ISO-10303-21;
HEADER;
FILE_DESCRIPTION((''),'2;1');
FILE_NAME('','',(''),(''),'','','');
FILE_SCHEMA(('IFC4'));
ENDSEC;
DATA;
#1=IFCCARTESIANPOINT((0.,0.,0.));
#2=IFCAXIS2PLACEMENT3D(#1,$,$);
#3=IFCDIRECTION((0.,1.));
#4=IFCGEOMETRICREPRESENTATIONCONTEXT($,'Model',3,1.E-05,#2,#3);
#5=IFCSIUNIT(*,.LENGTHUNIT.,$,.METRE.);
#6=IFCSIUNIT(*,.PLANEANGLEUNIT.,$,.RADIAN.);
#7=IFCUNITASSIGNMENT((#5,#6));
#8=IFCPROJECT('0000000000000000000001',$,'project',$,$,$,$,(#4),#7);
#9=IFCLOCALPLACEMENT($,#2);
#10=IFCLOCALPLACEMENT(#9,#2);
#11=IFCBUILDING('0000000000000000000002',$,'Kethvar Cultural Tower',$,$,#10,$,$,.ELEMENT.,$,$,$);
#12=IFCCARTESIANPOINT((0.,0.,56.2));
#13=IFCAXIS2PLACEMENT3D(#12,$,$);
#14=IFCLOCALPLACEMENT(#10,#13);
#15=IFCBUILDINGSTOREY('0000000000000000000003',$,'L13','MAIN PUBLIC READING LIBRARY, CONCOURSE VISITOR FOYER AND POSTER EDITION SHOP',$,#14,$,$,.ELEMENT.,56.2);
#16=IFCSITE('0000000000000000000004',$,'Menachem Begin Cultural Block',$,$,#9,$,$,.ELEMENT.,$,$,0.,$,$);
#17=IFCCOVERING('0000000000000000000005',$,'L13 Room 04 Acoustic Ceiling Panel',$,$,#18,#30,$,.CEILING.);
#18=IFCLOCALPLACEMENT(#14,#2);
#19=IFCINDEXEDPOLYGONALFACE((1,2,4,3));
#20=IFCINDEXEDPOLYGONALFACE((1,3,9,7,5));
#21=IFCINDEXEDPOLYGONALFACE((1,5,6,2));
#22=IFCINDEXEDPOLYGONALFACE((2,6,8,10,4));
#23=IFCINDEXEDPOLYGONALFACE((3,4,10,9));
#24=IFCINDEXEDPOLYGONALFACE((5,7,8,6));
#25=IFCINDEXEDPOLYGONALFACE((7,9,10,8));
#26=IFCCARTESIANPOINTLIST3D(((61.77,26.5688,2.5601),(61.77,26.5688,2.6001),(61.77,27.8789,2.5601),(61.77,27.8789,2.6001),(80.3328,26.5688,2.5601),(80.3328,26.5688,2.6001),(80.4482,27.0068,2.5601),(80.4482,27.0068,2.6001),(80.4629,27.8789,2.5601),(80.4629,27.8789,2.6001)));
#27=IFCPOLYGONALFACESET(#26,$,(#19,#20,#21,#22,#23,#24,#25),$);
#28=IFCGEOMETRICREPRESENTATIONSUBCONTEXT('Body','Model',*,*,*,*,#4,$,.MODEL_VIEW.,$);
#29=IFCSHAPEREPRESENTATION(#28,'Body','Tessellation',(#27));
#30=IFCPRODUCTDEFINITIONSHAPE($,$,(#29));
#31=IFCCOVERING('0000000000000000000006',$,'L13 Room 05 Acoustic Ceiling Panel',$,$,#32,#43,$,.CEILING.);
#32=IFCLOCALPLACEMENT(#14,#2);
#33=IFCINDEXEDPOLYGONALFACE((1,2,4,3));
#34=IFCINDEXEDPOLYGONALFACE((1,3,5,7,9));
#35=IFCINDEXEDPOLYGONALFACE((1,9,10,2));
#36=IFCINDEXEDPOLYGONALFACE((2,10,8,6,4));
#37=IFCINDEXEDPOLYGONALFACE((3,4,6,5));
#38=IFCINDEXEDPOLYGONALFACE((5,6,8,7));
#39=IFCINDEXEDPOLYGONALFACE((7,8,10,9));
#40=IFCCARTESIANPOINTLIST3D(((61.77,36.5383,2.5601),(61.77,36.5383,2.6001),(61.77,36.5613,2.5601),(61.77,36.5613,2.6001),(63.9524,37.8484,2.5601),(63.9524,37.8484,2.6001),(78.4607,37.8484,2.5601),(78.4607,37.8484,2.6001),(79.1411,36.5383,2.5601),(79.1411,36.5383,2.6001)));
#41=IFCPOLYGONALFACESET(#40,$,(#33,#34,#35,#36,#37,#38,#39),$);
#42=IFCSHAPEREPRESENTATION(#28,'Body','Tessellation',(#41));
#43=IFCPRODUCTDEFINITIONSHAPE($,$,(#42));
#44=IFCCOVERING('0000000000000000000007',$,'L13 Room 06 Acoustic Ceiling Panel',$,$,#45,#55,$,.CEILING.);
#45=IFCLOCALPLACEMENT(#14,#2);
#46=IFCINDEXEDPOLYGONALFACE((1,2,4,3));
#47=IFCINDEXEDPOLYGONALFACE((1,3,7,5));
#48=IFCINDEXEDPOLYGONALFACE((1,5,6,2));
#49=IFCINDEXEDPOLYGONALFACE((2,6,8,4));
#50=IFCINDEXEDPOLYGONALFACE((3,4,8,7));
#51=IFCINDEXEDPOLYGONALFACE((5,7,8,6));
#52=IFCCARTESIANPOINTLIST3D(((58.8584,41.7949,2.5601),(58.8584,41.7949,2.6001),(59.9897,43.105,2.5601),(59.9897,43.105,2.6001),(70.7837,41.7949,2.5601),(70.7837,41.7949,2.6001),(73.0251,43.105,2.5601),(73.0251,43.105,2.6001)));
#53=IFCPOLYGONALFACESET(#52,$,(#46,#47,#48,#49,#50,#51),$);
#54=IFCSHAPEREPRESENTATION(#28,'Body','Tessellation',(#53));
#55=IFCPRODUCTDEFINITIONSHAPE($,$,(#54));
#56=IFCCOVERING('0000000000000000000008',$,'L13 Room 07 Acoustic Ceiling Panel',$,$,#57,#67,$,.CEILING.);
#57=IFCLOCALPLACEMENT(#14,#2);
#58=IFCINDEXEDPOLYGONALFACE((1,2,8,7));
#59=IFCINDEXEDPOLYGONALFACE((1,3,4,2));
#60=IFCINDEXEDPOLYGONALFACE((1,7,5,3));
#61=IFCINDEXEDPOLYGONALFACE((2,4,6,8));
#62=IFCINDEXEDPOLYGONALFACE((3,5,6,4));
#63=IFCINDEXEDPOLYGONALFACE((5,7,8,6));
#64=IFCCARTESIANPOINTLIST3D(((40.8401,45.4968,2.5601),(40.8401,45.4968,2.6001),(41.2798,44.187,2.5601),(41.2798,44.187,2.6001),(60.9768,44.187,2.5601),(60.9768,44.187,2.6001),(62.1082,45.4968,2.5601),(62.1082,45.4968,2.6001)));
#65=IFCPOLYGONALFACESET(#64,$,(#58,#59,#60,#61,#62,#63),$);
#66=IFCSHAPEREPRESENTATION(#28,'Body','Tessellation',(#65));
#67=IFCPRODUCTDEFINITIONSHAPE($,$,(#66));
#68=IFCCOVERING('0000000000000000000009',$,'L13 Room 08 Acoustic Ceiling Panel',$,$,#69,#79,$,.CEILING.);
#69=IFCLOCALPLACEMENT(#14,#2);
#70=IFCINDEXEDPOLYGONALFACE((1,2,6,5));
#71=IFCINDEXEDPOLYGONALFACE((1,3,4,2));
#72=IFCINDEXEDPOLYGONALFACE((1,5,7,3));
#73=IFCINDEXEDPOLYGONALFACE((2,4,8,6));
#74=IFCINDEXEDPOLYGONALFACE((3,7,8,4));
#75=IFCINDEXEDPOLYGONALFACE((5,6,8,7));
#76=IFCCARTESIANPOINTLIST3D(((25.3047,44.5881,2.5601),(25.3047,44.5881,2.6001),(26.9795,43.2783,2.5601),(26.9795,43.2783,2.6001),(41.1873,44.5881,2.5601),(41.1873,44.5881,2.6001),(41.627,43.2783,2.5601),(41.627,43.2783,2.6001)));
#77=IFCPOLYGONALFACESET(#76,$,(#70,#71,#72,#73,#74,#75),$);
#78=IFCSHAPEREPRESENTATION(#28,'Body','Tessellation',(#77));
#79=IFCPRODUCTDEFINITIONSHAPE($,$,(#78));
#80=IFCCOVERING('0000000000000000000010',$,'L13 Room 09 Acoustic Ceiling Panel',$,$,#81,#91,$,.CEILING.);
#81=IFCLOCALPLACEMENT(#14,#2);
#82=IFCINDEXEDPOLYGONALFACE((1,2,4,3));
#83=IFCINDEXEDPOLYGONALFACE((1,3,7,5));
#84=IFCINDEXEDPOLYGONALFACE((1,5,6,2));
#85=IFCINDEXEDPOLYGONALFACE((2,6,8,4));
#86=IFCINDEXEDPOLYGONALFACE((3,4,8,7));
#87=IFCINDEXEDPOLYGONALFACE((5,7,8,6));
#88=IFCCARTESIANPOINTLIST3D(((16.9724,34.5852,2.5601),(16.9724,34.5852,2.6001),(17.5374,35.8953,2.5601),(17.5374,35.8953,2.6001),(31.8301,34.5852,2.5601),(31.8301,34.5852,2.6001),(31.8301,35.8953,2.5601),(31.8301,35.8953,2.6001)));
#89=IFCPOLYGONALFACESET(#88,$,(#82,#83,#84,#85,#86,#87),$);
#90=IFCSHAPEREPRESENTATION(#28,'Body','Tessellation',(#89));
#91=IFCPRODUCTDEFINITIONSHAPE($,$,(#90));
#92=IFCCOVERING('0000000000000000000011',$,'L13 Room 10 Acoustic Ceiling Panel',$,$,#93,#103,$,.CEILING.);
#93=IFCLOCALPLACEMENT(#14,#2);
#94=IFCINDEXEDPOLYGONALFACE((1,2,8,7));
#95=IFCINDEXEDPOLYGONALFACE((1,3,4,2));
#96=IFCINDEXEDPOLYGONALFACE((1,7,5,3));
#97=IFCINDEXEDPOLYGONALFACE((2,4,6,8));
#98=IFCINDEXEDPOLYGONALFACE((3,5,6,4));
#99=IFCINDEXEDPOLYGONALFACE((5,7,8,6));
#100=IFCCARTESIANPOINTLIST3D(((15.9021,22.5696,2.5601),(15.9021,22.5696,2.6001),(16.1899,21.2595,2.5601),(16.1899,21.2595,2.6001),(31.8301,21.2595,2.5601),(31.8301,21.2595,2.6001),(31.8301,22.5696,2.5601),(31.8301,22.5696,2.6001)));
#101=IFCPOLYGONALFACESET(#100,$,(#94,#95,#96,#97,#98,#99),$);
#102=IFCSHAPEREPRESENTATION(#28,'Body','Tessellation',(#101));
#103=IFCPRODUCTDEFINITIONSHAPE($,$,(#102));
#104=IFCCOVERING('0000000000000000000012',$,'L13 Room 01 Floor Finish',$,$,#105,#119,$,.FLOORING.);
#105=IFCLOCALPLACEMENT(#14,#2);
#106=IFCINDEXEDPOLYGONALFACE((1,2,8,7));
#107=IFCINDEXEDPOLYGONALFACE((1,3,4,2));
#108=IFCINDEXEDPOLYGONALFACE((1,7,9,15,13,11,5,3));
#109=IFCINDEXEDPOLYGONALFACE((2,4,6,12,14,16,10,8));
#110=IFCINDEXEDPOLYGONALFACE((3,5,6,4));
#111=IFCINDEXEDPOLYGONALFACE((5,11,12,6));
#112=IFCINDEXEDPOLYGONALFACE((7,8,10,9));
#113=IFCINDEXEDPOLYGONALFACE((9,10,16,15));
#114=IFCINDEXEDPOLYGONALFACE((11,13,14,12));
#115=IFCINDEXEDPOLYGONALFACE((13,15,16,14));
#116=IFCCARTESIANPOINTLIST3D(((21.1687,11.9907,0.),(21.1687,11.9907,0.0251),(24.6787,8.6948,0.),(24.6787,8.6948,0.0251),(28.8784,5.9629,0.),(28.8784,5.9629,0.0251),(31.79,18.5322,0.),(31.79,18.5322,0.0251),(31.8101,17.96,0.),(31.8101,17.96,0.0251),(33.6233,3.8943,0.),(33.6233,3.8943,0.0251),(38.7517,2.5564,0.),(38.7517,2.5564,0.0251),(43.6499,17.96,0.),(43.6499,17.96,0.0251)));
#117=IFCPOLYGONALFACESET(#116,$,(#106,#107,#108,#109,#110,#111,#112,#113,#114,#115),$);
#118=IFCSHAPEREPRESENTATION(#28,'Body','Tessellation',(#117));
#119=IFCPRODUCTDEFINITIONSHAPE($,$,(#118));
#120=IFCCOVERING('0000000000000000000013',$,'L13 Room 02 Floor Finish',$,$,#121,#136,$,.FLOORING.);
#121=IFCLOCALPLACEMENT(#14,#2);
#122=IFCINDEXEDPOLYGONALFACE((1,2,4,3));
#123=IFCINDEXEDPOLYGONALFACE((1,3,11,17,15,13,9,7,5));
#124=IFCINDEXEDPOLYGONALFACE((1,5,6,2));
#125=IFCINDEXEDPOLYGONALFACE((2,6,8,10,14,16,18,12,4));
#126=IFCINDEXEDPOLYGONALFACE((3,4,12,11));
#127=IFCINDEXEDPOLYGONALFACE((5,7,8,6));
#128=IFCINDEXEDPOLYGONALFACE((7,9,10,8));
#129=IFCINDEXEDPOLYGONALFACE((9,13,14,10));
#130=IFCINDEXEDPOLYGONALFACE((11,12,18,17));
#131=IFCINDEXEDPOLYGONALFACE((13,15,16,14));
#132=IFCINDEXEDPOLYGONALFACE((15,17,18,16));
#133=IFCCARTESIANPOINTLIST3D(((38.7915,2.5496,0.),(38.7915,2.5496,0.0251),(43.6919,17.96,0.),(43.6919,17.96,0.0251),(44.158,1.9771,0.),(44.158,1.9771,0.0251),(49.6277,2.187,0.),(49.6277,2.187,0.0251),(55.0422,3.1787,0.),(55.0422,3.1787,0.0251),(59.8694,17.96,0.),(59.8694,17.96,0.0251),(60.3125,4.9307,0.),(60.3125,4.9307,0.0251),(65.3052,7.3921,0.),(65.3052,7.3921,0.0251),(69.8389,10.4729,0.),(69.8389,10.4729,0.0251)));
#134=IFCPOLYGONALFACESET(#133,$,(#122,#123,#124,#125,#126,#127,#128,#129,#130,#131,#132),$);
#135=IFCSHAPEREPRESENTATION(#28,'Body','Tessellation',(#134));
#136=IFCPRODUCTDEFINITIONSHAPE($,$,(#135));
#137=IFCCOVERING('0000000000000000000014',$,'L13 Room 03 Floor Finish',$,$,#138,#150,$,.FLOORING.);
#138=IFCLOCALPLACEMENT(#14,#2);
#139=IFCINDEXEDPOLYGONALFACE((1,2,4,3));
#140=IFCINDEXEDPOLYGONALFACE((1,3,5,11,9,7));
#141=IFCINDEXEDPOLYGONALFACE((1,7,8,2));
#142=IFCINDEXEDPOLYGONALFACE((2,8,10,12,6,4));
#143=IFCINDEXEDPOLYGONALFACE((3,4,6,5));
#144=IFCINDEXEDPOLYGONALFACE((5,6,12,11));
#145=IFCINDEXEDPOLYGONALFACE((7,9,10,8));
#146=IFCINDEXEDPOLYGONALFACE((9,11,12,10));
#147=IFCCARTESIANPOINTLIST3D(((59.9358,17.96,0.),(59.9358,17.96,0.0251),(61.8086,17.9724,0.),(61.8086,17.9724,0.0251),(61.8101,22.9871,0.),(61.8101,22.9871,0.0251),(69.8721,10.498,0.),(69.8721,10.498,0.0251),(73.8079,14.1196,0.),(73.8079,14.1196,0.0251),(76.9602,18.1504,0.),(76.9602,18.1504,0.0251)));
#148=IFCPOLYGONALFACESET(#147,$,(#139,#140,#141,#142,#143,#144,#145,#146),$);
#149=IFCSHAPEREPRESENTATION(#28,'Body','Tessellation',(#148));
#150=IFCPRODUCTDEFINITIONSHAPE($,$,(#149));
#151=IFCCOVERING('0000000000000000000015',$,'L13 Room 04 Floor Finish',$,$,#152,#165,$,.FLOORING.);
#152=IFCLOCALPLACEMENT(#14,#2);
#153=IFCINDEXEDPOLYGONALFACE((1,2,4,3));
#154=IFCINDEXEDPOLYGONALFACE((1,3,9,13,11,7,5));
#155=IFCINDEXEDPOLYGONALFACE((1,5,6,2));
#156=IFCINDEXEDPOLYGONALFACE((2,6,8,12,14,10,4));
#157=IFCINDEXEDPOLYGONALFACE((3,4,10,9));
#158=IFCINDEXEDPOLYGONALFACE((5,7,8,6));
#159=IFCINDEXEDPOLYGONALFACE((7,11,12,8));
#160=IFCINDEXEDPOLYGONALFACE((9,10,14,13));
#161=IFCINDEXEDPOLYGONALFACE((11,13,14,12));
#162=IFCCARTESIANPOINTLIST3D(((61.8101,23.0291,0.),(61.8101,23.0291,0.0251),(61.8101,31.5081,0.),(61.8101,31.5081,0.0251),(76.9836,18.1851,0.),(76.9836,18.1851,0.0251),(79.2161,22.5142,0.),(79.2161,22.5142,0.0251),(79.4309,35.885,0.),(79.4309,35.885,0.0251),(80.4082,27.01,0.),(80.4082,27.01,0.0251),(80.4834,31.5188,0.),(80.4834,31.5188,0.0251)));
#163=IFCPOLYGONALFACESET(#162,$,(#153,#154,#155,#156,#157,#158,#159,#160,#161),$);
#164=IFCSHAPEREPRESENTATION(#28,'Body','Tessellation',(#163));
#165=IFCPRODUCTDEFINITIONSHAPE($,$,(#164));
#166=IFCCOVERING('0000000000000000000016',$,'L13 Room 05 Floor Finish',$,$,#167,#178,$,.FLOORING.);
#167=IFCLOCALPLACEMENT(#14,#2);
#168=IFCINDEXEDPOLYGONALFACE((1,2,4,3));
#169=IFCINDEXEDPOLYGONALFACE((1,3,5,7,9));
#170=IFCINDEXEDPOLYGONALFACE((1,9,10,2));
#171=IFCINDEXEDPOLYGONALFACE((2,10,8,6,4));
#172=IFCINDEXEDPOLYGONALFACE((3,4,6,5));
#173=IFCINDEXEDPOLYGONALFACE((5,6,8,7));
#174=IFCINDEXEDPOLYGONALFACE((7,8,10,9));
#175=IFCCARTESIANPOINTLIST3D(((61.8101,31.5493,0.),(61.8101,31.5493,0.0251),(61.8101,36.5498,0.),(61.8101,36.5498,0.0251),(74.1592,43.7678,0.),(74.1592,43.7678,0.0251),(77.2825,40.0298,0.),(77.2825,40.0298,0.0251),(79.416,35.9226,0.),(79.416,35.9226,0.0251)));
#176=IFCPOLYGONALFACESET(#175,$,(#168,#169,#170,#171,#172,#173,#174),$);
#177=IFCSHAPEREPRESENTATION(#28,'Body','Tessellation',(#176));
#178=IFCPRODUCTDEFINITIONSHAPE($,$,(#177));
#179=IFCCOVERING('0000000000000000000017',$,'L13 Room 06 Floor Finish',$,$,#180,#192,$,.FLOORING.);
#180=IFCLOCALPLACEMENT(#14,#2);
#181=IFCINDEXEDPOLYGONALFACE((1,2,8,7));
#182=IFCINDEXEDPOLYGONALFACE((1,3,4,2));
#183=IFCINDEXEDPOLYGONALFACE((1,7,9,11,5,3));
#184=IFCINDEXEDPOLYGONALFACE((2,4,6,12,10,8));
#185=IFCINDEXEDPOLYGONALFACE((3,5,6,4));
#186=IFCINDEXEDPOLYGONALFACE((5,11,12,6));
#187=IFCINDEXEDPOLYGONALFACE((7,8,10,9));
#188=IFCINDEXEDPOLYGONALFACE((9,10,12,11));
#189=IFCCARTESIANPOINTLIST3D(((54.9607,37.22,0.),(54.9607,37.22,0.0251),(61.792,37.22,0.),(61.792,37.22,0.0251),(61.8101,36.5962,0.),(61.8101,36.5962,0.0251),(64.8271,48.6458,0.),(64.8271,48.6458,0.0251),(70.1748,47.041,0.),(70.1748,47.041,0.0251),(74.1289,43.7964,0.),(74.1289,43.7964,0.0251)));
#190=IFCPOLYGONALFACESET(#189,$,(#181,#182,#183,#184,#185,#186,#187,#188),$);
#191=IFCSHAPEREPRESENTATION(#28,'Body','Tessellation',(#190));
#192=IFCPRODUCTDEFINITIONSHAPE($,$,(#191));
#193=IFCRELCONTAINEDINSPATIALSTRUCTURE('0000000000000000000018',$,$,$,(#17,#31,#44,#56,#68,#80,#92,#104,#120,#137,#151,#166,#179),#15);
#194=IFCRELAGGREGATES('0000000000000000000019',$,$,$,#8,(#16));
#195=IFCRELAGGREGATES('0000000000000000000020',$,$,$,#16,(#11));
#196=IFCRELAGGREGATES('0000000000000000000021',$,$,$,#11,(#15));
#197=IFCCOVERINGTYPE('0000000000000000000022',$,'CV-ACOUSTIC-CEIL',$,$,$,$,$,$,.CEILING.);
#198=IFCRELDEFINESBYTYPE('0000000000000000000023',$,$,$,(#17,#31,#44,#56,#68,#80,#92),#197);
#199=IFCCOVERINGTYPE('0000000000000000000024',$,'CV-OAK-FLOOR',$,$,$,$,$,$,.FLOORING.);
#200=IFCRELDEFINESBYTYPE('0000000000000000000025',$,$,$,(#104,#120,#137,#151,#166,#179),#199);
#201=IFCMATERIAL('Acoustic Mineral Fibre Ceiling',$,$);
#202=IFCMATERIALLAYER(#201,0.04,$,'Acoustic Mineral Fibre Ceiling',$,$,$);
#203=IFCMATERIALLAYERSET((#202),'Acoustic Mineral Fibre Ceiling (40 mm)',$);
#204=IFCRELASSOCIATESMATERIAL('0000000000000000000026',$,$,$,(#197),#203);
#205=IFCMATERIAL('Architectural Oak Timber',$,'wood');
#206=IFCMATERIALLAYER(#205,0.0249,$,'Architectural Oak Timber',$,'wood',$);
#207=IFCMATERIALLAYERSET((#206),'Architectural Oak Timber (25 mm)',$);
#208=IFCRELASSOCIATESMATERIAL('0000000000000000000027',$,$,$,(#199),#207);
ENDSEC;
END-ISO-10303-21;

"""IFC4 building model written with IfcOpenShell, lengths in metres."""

from ifc_helpers import new_model, si_unit, direction, frame, origin, place, context, subcontext, project, spatial, polyline, outline, extrude, material, layer, layer_set, type_object, element, save


model = new_model("IFC4")

# Units and contexts
model_context = context("Model", 3, precision=1e-05, world=origin(), true_north=direction((0.0, 1.0)))
body_context = subcontext(model_context, "Body", "Model", "MODEL_VIEW")
ifc_project = project(units=[si_unit("LENGTHUNIT", "METRE"), si_unit("PLANEANGLEUNIT", "RADIAN")], contexts=[model_context])

# Site, building, storey
site_placement = place(None, origin())
site = spatial("IfcSite", under=ifc_project, at=site_placement, Name="Menachem Begin Cultural Block", CompositionType="ELEMENT", RefElevation=0.0)
building_placement = place(site_placement, origin())
building = spatial("IfcBuilding", under=site, at=building_placement, Name="Kethvar Cultural Tower", CompositionType="ELEMENT")
storey_placement = place(building_placement, frame((0.0, 0.0, 56.2)))
storey = spatial("IfcBuildingStorey", under=building, at=storey_placement, Name="L13", Description="MAIN PUBLIC READING LIBRARY, CONCOURSE VISITOR FOYER AND POSTER EDITION SHOP", CompositionType="ELEMENT", Elevation=56.2)

# Coverings
ifc_material_1 = material(Name="Acoustic Mineral Fibre Ceiling")
ifc_layer_1 = layer(ifc_material_1, 0.04, Name="Acoustic Mineral Fibre Ceiling")
ifc_layer_set_1 = layer_set([ifc_layer_1], Name="Acoustic Mineral Fibre Ceiling (40 mm)")
covering_type_1 = type_object("IfcCoveringType", Name="CV-ACOUSTIC-CEIL", PredefinedType="CEILING", material=ifc_layer_set_1)
covering_1_placement = place(storey_placement, frame((0.0, 0.0, 2.5601)))
element("IfcCovering", 1, at=covering_1_placement, inside=storey, type_object=covering_type_1, Name="L13 Room 04 Acoustic Ceiling Panel", PredefinedType="CEILING", context=body_context, shape_type="SweptSolid", body=[
    extrude(outline(polyline([(61.77, 27.8789), (80.4629, 27.8789), (80.4482, 27.0068), (80.3328, 26.5688), (61.77, 26.5688), (61.77, 27.8789)])), origin(), (0.0, 0.0, 1.0), 0.04),
])
covering_2_placement = place(storey_placement, frame((0.0, 0.0, 2.5601)))
element("IfcCovering", 2, at=covering_2_placement, inside=storey, type_object=covering_type_1, Name="L13 Room 05 Acoustic Ceiling Panel", PredefinedType="CEILING", context=body_context, shape_type="SweptSolid", body=[
    extrude(outline(polyline([(79.1411, 36.5383), (61.77, 36.5383), (61.77, 36.5613), (63.9524, 37.8484), (78.4607, 37.8484), (79.1411, 36.5383)])), origin(), (0.0, 0.0, 1.0), 0.04),
])
covering_3_placement = place(storey_placement, frame((0.0, 0.0, 2.5601)))
element("IfcCovering", 3, at=covering_3_placement, inside=storey, type_object=covering_type_1, Name="L13 Room 06 Acoustic Ceiling Panel", PredefinedType="CEILING", context=body_context, shape_type="SweptSolid", body=[
    extrude(outline(polyline([(70.7837, 41.7949), (58.8584, 41.7949), (59.9897, 43.105), (73.0251, 43.105), (70.7837, 41.7949)])), origin(), (0.0, 0.0, 1.0), 0.04),
])
covering_4_placement = place(storey_placement, frame((0.0, 0.0, 2.5601)))
element("IfcCovering", 4, at=covering_4_placement, inside=storey, type_object=covering_type_1, Name="L13 Room 07 Acoustic Ceiling Panel", PredefinedType="CEILING", context=body_context, shape_type="SweptSolid", body=[
    extrude(outline(polyline([(60.9768, 44.187), (41.2798, 44.187), (40.8401, 45.4968), (62.1082, 45.4968), (60.9768, 44.187)])), origin(), (0.0, 0.0, 1.0), 0.04),
])
covering_5_placement = place(storey_placement, frame((0.0, 0.0, 2.5601)))
element("IfcCovering", 5, at=covering_5_placement, inside=storey, type_object=covering_type_1, Name="L13 Room 08 Acoustic Ceiling Panel", PredefinedType="CEILING", context=body_context, shape_type="SweptSolid", body=[
    extrude(outline(polyline([(41.627, 43.2783), (26.9795, 43.2783), (25.3047, 44.5881), (41.1873, 44.5881), (41.627, 43.2783)])), origin(), (0.0, 0.0, 1.0), 0.04),
])
covering_6_placement = place(storey_placement, frame((0.0, 0.0, 2.5601)))
element("IfcCovering", 6, at=covering_6_placement, inside=storey, type_object=covering_type_1, Name="L13 Room 09 Acoustic Ceiling Panel", PredefinedType="CEILING", context=body_context, shape_type="SweptSolid", body=[
    extrude(outline(polyline([(17.5374, 35.8953), (31.8301, 35.8953), (31.8301, 34.5852), (16.9724, 34.5852), (17.5374, 35.8953)])), origin(), (0.0, 0.0, 1.0), 0.04),
])
covering_7_placement = place(storey_placement, frame((0.0, 0.0, 2.5601)))
element("IfcCovering", 7, at=covering_7_placement, inside=storey, type_object=covering_type_1, Name="L13 Room 10 Acoustic Ceiling Panel", PredefinedType="CEILING", context=body_context, shape_type="SweptSolid", body=[
    extrude(outline(polyline([(15.9021, 22.5696), (31.8301, 22.5696), (31.8301, 21.2595), (16.1899, 21.2595), (15.9021, 22.5696)])), origin(), (0.0, 0.0, 1.0), 0.04),
])
ifc_material_2 = material(Name="Architectural Oak Timber", Category="wood")
ifc_layer_2 = layer(ifc_material_2, 0.0249, Name="Architectural Oak Timber", Category="wood")
ifc_layer_set_2 = layer_set([ifc_layer_2], Name="Architectural Oak Timber (25 mm)")
covering_type_2 = type_object("IfcCoveringType", Name="CV-OAK-FLOOR", PredefinedType="FLOORING", material=ifc_layer_set_2)
covering_8_placement = place(storey_placement, origin())
element("IfcCovering", 8, at=covering_8_placement, inside=storey, type_object=covering_type_2, Name="L13 Room 01 Floor Finish", PredefinedType="FLOORING", context=body_context, shape_type="SweptSolid", body=[
    extrude(outline(polyline([(33.6233, 3.8943), (28.8784, 5.9629), (24.6787, 8.6948), (21.1687, 11.9907), (31.79, 18.5322), (31.8101, 17.96), (43.6499, 17.96), (38.7517, 2.5564), (33.6233, 3.8943)])), origin(), (0.0, 0.0, 1.0), 0.0251),
])
covering_9_placement = place(storey_placement, origin())
element("IfcCovering", 9, at=covering_9_placement, inside=storey, type_object=covering_type_2, Name="L13 Room 02 Floor Finish", PredefinedType="FLOORING", context=body_context, shape_type="SweptSolid", body=[
    extrude(outline(polyline([(69.8389, 10.4729), (65.3052, 7.3921), (60.3125, 4.9307), (55.0422, 3.1787), (49.6277, 2.187), (44.158, 1.9771), (38.7915, 2.5496), (43.6919, 17.96), (59.8694, 17.96), (69.8389, 10.4729)])), origin(), (0.0, 0.0, 1.0), 0.0251),
])
covering_10_placement = place(storey_placement, origin())
element("IfcCovering", 10, at=covering_10_placement, inside=storey, type_object=covering_type_2, Name="L13 Room 03 Floor Finish", PredefinedType="FLOORING", context=body_context, shape_type="SweptSolid", body=[
    extrude(outline(polyline([(73.8079, 14.1196), (69.8721, 10.498), (59.9358, 17.96), (61.8086, 17.9724), (61.8101, 22.9871), (76.9602, 18.1504), (73.8079, 14.1196)])), origin(), (0.0, 0.0, 1.0), 0.0251),
])
covering_11_placement = place(storey_placement, origin())
element("IfcCovering", 11, at=covering_11_placement, inside=storey, type_object=covering_type_2, Name="L13 Room 04 Floor Finish", PredefinedType="FLOORING", context=body_context, shape_type="SweptSolid", body=[
    extrude(outline(polyline([(79.2161, 22.5142), (76.9836, 18.1851), (61.8101, 23.0291), (61.8101, 31.5081), (79.4309, 35.885), (80.4834, 31.5188), (80.4082, 27.01), (79.2161, 22.5142)])), origin(), (0.0, 0.0, 1.0), 0.0251),
])
covering_12_placement = place(storey_placement, origin())
element("IfcCovering", 12, at=covering_12_placement, inside=storey, type_object=covering_type_2, Name="L13 Room 05 Floor Finish", PredefinedType="FLOORING", context=body_context, shape_type="SweptSolid", body=[
    extrude(outline(polyline([(77.2825, 40.0298), (79.416, 35.9226), (61.8101, 31.5493), (61.8101, 36.5498), (74.1592, 43.7678), (77.2825, 40.0298)])), origin(), (0.0, 0.0, 1.0), 0.0251),
])
covering_13_placement = place(storey_placement, origin())
element("IfcCovering", 13, at=covering_13_placement, inside=storey, type_object=covering_type_2, Name="L13 Room 06 Floor Finish", PredefinedType="FLOORING", context=body_context, shape_type="SweptSolid", body=[
    extrude(outline(polyline([(70.1748, 47.041), (74.1289, 43.7964), (61.8101, 36.5962), (61.792, 37.22), (54.9607, 37.22), (64.8271, 48.6458), (70.1748, 47.041)])), origin(), (0.0, 0.0, 1.0), 0.0251),
])

save(model, "model.ifc")
